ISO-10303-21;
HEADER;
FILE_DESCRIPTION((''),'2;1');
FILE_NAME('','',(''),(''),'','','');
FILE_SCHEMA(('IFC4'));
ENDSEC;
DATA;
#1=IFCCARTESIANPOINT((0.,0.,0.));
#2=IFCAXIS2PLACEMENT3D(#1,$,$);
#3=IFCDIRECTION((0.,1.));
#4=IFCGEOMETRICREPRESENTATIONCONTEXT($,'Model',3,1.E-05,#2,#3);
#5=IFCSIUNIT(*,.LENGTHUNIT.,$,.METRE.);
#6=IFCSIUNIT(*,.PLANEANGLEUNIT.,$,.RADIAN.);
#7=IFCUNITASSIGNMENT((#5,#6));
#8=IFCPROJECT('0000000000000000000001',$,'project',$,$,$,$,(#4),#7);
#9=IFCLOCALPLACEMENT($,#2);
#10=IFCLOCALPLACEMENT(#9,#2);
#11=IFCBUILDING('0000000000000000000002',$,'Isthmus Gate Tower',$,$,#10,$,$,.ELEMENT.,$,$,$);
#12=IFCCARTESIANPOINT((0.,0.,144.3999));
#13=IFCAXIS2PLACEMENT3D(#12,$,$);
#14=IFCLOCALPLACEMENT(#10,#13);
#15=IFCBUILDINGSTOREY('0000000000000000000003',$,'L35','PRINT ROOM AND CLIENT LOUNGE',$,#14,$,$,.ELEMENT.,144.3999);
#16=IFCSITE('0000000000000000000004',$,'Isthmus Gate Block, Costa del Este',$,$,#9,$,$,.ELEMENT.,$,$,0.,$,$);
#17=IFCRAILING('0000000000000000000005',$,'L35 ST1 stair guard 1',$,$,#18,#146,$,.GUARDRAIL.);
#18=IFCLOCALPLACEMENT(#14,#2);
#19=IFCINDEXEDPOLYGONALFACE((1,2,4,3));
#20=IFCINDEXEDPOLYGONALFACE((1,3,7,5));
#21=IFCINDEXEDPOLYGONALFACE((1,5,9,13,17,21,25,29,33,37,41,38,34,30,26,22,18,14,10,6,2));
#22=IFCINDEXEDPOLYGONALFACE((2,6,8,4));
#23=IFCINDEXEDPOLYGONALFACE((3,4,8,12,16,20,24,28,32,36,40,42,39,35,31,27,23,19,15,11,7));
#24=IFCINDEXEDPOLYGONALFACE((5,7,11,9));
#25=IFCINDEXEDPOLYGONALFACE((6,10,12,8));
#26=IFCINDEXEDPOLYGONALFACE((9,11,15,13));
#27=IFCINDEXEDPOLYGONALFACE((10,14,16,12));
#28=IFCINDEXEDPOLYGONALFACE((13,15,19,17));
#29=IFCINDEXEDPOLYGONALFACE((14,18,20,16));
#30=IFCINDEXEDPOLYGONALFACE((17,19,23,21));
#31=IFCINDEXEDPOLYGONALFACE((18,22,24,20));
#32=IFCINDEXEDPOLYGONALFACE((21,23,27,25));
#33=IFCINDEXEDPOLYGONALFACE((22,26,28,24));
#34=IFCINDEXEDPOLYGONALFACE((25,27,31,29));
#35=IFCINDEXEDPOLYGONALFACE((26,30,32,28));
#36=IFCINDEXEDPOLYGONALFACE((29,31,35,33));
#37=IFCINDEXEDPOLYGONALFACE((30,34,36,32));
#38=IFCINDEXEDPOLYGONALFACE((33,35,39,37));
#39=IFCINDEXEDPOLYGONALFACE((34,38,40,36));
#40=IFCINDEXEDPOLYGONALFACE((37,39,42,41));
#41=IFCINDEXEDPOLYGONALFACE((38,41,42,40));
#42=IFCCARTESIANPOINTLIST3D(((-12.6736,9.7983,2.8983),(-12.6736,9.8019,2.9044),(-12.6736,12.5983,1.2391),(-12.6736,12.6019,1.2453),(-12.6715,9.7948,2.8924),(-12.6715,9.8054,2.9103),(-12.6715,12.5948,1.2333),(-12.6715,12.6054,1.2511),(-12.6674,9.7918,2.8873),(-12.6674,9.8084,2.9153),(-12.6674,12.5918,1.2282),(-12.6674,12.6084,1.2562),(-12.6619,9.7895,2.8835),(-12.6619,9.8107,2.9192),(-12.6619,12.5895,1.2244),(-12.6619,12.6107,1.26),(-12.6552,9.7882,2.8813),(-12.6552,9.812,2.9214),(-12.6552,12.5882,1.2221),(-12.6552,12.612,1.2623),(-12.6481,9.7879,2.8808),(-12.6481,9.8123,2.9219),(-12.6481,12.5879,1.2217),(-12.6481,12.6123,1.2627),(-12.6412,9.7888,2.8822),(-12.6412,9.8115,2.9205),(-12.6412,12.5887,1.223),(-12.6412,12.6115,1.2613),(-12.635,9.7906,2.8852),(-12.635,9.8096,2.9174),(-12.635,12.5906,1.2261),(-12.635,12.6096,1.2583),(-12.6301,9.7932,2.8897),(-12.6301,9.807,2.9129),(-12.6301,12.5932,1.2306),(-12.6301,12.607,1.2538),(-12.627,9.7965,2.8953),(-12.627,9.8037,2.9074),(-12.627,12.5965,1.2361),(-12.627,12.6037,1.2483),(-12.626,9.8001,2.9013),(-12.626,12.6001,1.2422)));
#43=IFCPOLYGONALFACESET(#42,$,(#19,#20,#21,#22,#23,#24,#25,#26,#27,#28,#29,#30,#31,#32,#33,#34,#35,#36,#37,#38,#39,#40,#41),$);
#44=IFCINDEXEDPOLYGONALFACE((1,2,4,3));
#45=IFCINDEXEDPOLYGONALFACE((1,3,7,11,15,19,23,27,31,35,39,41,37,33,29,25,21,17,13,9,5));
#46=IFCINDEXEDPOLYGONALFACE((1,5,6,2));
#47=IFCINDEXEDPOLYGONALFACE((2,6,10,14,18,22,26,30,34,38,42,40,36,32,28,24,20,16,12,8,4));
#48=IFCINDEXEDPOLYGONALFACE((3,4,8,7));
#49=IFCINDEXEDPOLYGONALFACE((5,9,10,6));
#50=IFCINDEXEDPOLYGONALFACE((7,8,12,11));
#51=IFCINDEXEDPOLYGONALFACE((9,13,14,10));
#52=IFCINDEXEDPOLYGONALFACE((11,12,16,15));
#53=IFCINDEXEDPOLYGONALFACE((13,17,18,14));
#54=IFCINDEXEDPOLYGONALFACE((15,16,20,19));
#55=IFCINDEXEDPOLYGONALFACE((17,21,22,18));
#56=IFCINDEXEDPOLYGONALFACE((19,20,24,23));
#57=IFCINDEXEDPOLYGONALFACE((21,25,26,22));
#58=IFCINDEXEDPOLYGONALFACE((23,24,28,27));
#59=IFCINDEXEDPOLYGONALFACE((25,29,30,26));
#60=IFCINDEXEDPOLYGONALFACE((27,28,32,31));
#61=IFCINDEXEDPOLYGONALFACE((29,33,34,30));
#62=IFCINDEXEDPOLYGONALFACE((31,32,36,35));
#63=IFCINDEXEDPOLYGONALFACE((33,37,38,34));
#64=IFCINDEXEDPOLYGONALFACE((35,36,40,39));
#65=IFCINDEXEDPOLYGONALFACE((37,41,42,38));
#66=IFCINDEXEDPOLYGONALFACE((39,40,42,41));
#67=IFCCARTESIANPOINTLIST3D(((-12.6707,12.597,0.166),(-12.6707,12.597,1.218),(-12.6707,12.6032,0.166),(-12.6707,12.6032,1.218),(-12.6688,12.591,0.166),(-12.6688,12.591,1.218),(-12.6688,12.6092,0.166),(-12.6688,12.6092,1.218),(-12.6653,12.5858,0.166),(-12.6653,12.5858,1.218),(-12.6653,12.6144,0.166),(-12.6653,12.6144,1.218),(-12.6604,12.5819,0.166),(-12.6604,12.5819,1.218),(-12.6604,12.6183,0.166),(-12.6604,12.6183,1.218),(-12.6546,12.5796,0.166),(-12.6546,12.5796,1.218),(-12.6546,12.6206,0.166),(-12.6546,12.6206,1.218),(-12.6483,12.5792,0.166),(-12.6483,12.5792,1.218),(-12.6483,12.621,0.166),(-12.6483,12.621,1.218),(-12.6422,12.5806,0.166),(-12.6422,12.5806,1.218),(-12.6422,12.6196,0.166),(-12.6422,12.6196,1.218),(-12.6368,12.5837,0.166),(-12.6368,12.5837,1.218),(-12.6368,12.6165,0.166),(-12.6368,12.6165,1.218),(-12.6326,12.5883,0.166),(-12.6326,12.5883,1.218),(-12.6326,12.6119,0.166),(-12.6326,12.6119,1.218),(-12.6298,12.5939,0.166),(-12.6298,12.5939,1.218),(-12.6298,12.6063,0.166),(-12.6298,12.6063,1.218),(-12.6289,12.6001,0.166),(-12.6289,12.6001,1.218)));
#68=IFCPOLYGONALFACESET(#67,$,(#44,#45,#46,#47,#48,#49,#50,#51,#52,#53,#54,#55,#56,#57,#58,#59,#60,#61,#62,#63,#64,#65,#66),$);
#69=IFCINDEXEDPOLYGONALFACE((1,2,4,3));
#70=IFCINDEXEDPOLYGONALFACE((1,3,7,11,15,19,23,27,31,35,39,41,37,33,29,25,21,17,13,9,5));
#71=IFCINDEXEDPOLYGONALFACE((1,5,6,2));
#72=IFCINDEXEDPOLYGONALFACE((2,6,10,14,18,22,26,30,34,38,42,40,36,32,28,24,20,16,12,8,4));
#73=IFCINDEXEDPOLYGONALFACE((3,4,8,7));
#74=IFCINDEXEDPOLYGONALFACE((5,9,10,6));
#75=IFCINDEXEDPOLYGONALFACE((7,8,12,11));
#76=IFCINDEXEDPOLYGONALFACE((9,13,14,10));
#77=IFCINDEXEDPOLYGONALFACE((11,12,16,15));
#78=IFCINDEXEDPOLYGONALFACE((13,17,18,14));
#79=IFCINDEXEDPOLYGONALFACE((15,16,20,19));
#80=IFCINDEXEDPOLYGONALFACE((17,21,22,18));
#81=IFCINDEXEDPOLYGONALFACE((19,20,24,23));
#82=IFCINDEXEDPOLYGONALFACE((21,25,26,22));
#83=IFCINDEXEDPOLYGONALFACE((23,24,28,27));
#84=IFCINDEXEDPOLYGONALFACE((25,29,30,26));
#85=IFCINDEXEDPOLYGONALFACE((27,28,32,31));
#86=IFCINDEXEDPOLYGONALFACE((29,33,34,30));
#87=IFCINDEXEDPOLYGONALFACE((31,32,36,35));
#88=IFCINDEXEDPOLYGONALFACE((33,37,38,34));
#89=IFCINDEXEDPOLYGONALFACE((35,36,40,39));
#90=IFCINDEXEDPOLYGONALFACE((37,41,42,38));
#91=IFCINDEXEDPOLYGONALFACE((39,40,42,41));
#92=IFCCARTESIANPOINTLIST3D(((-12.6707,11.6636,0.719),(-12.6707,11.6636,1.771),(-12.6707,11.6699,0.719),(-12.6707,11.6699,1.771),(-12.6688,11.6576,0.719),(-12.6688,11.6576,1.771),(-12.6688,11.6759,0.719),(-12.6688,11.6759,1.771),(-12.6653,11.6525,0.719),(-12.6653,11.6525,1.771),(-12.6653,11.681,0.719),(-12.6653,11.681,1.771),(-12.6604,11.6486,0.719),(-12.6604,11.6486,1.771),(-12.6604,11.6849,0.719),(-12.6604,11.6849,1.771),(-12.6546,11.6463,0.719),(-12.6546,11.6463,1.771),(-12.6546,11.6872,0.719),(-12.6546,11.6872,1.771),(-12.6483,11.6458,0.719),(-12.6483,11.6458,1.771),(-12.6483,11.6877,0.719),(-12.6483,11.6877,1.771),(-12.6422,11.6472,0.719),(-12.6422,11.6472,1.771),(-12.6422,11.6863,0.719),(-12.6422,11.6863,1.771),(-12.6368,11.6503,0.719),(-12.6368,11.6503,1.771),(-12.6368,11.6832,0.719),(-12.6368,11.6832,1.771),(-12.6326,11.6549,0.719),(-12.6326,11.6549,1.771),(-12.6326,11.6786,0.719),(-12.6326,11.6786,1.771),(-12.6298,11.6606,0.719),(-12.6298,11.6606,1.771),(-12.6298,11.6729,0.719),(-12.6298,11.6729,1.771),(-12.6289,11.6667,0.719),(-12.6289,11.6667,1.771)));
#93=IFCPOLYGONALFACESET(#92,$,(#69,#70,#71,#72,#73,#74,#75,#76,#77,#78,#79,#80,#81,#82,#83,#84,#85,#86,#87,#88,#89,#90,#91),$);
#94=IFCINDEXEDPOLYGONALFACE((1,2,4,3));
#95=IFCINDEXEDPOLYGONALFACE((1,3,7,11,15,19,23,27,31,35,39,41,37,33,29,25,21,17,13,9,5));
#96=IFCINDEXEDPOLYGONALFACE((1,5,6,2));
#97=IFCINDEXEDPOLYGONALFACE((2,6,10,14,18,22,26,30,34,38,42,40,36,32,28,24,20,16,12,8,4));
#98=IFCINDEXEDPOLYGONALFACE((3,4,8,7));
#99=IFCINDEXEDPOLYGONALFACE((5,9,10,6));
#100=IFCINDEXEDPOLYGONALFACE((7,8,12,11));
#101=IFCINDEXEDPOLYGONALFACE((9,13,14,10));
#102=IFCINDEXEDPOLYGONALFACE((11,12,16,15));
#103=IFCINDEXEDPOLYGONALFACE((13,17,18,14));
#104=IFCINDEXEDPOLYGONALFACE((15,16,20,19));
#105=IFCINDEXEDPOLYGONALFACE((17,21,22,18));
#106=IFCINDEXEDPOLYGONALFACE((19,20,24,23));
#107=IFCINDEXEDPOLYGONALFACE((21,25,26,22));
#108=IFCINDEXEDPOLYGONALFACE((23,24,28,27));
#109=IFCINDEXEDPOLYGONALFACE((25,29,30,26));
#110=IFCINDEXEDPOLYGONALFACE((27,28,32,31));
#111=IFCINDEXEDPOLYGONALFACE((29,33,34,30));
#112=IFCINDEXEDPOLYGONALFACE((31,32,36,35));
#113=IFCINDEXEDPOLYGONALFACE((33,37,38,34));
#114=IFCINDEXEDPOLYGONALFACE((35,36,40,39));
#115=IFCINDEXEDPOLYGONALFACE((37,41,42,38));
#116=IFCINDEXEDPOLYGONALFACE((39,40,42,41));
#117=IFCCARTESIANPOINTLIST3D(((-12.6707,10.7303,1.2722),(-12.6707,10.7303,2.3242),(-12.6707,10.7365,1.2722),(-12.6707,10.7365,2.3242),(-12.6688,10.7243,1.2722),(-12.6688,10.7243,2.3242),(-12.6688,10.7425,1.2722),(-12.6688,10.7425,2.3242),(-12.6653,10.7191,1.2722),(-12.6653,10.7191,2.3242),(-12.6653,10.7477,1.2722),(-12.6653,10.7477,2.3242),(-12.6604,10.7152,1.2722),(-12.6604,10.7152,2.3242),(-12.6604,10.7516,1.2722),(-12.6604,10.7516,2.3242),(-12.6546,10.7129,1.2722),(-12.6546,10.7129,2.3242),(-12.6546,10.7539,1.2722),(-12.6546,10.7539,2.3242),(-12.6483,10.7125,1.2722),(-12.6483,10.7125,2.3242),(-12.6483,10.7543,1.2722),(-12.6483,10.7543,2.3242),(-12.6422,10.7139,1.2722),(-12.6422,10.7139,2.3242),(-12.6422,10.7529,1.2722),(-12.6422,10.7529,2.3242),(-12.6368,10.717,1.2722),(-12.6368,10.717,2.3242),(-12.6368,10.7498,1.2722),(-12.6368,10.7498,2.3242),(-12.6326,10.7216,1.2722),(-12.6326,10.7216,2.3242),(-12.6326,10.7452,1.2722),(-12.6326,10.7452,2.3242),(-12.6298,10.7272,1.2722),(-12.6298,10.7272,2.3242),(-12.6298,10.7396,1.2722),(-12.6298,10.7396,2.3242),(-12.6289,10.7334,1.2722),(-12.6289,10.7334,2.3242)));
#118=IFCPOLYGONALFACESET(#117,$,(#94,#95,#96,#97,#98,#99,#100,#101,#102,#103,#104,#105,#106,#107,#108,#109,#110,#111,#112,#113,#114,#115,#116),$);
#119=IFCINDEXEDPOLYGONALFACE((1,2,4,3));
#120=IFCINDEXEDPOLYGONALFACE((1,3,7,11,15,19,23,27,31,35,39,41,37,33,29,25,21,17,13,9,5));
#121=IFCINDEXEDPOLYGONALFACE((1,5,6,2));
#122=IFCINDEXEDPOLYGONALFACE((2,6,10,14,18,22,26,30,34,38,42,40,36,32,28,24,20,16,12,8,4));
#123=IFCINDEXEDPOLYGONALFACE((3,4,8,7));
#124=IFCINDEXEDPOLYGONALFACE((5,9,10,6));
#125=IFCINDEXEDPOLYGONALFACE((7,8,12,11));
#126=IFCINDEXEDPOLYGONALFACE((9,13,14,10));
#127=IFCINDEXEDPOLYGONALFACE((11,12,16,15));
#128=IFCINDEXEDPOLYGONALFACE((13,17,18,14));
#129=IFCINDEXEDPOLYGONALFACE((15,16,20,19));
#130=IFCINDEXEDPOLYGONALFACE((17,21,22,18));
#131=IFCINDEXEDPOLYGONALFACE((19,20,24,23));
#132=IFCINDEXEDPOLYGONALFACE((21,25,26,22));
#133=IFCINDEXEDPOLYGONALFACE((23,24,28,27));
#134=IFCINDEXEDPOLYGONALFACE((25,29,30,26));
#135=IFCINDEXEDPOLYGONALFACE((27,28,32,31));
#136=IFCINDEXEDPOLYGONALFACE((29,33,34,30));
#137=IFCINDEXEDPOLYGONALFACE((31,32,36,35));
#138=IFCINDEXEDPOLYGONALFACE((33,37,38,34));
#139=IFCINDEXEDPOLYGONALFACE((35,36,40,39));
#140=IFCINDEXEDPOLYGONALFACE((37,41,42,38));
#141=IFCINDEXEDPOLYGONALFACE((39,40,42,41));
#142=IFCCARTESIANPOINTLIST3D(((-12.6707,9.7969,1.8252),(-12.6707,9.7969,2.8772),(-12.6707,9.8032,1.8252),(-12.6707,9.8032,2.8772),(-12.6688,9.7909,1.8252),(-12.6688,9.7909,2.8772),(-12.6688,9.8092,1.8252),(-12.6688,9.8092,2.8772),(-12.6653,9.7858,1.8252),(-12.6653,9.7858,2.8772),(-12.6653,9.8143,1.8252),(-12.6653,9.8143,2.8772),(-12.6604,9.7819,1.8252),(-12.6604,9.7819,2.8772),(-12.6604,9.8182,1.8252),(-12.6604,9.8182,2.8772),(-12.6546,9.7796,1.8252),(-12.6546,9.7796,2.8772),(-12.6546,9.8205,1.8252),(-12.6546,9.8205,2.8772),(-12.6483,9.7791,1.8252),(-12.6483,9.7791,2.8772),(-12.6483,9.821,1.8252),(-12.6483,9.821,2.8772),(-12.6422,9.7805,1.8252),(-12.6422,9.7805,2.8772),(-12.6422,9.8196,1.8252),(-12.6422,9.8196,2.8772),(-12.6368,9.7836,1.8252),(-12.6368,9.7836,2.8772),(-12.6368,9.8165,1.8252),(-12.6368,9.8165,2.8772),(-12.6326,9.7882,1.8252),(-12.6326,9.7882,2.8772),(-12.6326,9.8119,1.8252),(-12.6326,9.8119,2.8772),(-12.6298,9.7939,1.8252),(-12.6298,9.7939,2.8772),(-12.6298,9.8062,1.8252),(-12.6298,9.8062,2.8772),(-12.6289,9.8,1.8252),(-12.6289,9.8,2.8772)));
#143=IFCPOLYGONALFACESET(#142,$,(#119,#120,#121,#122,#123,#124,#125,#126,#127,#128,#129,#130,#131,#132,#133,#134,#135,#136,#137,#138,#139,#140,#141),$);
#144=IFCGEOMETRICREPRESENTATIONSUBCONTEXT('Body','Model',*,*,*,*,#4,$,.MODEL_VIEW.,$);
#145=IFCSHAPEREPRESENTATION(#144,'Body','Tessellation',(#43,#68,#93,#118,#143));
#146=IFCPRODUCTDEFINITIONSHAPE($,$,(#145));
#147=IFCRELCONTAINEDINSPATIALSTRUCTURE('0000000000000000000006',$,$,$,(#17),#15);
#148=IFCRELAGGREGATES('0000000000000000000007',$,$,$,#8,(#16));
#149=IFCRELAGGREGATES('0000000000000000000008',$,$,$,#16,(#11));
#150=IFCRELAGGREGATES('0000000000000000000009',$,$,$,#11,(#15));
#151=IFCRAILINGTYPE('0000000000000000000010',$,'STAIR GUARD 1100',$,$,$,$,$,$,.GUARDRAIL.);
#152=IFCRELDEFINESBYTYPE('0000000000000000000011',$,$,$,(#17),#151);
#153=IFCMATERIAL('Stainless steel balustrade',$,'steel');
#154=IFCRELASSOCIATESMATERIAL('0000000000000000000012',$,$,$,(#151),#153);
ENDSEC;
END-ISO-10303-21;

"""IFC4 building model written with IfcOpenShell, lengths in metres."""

from ifc_helpers import new_model, si_unit, direction, frame, origin, origin_2d, place, context, subcontext, project, spatial, circle, extrude, material, type_object, element, save


model = new_model("IFC4")

# Units and contexts
model_context = context("Model", 3, precision=1e-05, world=origin(), true_north=direction((0.0, 1.0)))
body_context = subcontext(model_context, "Body", "Model", "MODEL_VIEW")
ifc_project = project(units=[si_unit("LENGTHUNIT", "METRE"), si_unit("PLANEANGLEUNIT", "RADIAN")], contexts=[model_context])

# Site, building, storey
site_placement = place(None, origin())
site = spatial("IfcSite", under=ifc_project, at=site_placement, Name="Isthmus Gate Block, Costa del Este", CompositionType="ELEMENT", RefElevation=0.0)
building_placement = place(site_placement, origin())
building = spatial("IfcBuilding", under=site, at=building_placement, Name="Isthmus Gate Tower", CompositionType="ELEMENT")
storey_placement = place(building_placement, frame((0.0, 0.0, 144.3999)))
storey = spatial("IfcBuildingStorey", under=building, at=storey_placement, Name="L35", Description="PRINT ROOM AND CLIENT LOUNGE", CompositionType="ELEMENT", Elevation=144.3999)

# Railing
ifc_material_1 = material(Name="Stainless steel balustrade", Category="steel")
railing_type_1 = type_object("IfcRailingType", Name="STAIR GUARD 1100", PredefinedType="GUARDRAIL", material=ifc_material_1)
railing_1_placement = place(storey_placement, frame((-12.6499, 12.6001, 0.166)))
element("IfcRailing", 1, at=railing_1_placement, inside=storey, type_object=railing_type_1, Name="L35 ST1 stair guard 1", PredefinedType="GUARDRAIL", context=body_context, shape_type="SweptSolid", body=[
    extrude(circle(Radius=0.0239, at=origin_2d()), frame((0.0, 0.0, 1.0762), z_axis=(0.0, -0.860306, 0.509778), x_axis=(1.0, 0.0, 0.0)), (0.0, 0.0, 1.0), 3.2546),
    extrude(circle(Radius=0.021, at=origin_2d()), origin(), (0.0, 0.0, 1.0), 1.052),
    extrude(circle(Radius=0.021, at=origin_2d()), frame((0.0, -0.9333, 0.553)), (0.0, 0.0, 1.0), 1.052),
    extrude(circle(Radius=0.021, at=origin_2d()), frame((0.0, -1.8667, 1.1062)), (0.0, 0.0, 1.0), 1.052),
    extrude(circle(Radius=0.021, at=origin_2d()), frame((0.0, -2.8, 1.6592)), (0.0, 0.0, 1.0), 1.052),
])

save(model, "model.ifc")
